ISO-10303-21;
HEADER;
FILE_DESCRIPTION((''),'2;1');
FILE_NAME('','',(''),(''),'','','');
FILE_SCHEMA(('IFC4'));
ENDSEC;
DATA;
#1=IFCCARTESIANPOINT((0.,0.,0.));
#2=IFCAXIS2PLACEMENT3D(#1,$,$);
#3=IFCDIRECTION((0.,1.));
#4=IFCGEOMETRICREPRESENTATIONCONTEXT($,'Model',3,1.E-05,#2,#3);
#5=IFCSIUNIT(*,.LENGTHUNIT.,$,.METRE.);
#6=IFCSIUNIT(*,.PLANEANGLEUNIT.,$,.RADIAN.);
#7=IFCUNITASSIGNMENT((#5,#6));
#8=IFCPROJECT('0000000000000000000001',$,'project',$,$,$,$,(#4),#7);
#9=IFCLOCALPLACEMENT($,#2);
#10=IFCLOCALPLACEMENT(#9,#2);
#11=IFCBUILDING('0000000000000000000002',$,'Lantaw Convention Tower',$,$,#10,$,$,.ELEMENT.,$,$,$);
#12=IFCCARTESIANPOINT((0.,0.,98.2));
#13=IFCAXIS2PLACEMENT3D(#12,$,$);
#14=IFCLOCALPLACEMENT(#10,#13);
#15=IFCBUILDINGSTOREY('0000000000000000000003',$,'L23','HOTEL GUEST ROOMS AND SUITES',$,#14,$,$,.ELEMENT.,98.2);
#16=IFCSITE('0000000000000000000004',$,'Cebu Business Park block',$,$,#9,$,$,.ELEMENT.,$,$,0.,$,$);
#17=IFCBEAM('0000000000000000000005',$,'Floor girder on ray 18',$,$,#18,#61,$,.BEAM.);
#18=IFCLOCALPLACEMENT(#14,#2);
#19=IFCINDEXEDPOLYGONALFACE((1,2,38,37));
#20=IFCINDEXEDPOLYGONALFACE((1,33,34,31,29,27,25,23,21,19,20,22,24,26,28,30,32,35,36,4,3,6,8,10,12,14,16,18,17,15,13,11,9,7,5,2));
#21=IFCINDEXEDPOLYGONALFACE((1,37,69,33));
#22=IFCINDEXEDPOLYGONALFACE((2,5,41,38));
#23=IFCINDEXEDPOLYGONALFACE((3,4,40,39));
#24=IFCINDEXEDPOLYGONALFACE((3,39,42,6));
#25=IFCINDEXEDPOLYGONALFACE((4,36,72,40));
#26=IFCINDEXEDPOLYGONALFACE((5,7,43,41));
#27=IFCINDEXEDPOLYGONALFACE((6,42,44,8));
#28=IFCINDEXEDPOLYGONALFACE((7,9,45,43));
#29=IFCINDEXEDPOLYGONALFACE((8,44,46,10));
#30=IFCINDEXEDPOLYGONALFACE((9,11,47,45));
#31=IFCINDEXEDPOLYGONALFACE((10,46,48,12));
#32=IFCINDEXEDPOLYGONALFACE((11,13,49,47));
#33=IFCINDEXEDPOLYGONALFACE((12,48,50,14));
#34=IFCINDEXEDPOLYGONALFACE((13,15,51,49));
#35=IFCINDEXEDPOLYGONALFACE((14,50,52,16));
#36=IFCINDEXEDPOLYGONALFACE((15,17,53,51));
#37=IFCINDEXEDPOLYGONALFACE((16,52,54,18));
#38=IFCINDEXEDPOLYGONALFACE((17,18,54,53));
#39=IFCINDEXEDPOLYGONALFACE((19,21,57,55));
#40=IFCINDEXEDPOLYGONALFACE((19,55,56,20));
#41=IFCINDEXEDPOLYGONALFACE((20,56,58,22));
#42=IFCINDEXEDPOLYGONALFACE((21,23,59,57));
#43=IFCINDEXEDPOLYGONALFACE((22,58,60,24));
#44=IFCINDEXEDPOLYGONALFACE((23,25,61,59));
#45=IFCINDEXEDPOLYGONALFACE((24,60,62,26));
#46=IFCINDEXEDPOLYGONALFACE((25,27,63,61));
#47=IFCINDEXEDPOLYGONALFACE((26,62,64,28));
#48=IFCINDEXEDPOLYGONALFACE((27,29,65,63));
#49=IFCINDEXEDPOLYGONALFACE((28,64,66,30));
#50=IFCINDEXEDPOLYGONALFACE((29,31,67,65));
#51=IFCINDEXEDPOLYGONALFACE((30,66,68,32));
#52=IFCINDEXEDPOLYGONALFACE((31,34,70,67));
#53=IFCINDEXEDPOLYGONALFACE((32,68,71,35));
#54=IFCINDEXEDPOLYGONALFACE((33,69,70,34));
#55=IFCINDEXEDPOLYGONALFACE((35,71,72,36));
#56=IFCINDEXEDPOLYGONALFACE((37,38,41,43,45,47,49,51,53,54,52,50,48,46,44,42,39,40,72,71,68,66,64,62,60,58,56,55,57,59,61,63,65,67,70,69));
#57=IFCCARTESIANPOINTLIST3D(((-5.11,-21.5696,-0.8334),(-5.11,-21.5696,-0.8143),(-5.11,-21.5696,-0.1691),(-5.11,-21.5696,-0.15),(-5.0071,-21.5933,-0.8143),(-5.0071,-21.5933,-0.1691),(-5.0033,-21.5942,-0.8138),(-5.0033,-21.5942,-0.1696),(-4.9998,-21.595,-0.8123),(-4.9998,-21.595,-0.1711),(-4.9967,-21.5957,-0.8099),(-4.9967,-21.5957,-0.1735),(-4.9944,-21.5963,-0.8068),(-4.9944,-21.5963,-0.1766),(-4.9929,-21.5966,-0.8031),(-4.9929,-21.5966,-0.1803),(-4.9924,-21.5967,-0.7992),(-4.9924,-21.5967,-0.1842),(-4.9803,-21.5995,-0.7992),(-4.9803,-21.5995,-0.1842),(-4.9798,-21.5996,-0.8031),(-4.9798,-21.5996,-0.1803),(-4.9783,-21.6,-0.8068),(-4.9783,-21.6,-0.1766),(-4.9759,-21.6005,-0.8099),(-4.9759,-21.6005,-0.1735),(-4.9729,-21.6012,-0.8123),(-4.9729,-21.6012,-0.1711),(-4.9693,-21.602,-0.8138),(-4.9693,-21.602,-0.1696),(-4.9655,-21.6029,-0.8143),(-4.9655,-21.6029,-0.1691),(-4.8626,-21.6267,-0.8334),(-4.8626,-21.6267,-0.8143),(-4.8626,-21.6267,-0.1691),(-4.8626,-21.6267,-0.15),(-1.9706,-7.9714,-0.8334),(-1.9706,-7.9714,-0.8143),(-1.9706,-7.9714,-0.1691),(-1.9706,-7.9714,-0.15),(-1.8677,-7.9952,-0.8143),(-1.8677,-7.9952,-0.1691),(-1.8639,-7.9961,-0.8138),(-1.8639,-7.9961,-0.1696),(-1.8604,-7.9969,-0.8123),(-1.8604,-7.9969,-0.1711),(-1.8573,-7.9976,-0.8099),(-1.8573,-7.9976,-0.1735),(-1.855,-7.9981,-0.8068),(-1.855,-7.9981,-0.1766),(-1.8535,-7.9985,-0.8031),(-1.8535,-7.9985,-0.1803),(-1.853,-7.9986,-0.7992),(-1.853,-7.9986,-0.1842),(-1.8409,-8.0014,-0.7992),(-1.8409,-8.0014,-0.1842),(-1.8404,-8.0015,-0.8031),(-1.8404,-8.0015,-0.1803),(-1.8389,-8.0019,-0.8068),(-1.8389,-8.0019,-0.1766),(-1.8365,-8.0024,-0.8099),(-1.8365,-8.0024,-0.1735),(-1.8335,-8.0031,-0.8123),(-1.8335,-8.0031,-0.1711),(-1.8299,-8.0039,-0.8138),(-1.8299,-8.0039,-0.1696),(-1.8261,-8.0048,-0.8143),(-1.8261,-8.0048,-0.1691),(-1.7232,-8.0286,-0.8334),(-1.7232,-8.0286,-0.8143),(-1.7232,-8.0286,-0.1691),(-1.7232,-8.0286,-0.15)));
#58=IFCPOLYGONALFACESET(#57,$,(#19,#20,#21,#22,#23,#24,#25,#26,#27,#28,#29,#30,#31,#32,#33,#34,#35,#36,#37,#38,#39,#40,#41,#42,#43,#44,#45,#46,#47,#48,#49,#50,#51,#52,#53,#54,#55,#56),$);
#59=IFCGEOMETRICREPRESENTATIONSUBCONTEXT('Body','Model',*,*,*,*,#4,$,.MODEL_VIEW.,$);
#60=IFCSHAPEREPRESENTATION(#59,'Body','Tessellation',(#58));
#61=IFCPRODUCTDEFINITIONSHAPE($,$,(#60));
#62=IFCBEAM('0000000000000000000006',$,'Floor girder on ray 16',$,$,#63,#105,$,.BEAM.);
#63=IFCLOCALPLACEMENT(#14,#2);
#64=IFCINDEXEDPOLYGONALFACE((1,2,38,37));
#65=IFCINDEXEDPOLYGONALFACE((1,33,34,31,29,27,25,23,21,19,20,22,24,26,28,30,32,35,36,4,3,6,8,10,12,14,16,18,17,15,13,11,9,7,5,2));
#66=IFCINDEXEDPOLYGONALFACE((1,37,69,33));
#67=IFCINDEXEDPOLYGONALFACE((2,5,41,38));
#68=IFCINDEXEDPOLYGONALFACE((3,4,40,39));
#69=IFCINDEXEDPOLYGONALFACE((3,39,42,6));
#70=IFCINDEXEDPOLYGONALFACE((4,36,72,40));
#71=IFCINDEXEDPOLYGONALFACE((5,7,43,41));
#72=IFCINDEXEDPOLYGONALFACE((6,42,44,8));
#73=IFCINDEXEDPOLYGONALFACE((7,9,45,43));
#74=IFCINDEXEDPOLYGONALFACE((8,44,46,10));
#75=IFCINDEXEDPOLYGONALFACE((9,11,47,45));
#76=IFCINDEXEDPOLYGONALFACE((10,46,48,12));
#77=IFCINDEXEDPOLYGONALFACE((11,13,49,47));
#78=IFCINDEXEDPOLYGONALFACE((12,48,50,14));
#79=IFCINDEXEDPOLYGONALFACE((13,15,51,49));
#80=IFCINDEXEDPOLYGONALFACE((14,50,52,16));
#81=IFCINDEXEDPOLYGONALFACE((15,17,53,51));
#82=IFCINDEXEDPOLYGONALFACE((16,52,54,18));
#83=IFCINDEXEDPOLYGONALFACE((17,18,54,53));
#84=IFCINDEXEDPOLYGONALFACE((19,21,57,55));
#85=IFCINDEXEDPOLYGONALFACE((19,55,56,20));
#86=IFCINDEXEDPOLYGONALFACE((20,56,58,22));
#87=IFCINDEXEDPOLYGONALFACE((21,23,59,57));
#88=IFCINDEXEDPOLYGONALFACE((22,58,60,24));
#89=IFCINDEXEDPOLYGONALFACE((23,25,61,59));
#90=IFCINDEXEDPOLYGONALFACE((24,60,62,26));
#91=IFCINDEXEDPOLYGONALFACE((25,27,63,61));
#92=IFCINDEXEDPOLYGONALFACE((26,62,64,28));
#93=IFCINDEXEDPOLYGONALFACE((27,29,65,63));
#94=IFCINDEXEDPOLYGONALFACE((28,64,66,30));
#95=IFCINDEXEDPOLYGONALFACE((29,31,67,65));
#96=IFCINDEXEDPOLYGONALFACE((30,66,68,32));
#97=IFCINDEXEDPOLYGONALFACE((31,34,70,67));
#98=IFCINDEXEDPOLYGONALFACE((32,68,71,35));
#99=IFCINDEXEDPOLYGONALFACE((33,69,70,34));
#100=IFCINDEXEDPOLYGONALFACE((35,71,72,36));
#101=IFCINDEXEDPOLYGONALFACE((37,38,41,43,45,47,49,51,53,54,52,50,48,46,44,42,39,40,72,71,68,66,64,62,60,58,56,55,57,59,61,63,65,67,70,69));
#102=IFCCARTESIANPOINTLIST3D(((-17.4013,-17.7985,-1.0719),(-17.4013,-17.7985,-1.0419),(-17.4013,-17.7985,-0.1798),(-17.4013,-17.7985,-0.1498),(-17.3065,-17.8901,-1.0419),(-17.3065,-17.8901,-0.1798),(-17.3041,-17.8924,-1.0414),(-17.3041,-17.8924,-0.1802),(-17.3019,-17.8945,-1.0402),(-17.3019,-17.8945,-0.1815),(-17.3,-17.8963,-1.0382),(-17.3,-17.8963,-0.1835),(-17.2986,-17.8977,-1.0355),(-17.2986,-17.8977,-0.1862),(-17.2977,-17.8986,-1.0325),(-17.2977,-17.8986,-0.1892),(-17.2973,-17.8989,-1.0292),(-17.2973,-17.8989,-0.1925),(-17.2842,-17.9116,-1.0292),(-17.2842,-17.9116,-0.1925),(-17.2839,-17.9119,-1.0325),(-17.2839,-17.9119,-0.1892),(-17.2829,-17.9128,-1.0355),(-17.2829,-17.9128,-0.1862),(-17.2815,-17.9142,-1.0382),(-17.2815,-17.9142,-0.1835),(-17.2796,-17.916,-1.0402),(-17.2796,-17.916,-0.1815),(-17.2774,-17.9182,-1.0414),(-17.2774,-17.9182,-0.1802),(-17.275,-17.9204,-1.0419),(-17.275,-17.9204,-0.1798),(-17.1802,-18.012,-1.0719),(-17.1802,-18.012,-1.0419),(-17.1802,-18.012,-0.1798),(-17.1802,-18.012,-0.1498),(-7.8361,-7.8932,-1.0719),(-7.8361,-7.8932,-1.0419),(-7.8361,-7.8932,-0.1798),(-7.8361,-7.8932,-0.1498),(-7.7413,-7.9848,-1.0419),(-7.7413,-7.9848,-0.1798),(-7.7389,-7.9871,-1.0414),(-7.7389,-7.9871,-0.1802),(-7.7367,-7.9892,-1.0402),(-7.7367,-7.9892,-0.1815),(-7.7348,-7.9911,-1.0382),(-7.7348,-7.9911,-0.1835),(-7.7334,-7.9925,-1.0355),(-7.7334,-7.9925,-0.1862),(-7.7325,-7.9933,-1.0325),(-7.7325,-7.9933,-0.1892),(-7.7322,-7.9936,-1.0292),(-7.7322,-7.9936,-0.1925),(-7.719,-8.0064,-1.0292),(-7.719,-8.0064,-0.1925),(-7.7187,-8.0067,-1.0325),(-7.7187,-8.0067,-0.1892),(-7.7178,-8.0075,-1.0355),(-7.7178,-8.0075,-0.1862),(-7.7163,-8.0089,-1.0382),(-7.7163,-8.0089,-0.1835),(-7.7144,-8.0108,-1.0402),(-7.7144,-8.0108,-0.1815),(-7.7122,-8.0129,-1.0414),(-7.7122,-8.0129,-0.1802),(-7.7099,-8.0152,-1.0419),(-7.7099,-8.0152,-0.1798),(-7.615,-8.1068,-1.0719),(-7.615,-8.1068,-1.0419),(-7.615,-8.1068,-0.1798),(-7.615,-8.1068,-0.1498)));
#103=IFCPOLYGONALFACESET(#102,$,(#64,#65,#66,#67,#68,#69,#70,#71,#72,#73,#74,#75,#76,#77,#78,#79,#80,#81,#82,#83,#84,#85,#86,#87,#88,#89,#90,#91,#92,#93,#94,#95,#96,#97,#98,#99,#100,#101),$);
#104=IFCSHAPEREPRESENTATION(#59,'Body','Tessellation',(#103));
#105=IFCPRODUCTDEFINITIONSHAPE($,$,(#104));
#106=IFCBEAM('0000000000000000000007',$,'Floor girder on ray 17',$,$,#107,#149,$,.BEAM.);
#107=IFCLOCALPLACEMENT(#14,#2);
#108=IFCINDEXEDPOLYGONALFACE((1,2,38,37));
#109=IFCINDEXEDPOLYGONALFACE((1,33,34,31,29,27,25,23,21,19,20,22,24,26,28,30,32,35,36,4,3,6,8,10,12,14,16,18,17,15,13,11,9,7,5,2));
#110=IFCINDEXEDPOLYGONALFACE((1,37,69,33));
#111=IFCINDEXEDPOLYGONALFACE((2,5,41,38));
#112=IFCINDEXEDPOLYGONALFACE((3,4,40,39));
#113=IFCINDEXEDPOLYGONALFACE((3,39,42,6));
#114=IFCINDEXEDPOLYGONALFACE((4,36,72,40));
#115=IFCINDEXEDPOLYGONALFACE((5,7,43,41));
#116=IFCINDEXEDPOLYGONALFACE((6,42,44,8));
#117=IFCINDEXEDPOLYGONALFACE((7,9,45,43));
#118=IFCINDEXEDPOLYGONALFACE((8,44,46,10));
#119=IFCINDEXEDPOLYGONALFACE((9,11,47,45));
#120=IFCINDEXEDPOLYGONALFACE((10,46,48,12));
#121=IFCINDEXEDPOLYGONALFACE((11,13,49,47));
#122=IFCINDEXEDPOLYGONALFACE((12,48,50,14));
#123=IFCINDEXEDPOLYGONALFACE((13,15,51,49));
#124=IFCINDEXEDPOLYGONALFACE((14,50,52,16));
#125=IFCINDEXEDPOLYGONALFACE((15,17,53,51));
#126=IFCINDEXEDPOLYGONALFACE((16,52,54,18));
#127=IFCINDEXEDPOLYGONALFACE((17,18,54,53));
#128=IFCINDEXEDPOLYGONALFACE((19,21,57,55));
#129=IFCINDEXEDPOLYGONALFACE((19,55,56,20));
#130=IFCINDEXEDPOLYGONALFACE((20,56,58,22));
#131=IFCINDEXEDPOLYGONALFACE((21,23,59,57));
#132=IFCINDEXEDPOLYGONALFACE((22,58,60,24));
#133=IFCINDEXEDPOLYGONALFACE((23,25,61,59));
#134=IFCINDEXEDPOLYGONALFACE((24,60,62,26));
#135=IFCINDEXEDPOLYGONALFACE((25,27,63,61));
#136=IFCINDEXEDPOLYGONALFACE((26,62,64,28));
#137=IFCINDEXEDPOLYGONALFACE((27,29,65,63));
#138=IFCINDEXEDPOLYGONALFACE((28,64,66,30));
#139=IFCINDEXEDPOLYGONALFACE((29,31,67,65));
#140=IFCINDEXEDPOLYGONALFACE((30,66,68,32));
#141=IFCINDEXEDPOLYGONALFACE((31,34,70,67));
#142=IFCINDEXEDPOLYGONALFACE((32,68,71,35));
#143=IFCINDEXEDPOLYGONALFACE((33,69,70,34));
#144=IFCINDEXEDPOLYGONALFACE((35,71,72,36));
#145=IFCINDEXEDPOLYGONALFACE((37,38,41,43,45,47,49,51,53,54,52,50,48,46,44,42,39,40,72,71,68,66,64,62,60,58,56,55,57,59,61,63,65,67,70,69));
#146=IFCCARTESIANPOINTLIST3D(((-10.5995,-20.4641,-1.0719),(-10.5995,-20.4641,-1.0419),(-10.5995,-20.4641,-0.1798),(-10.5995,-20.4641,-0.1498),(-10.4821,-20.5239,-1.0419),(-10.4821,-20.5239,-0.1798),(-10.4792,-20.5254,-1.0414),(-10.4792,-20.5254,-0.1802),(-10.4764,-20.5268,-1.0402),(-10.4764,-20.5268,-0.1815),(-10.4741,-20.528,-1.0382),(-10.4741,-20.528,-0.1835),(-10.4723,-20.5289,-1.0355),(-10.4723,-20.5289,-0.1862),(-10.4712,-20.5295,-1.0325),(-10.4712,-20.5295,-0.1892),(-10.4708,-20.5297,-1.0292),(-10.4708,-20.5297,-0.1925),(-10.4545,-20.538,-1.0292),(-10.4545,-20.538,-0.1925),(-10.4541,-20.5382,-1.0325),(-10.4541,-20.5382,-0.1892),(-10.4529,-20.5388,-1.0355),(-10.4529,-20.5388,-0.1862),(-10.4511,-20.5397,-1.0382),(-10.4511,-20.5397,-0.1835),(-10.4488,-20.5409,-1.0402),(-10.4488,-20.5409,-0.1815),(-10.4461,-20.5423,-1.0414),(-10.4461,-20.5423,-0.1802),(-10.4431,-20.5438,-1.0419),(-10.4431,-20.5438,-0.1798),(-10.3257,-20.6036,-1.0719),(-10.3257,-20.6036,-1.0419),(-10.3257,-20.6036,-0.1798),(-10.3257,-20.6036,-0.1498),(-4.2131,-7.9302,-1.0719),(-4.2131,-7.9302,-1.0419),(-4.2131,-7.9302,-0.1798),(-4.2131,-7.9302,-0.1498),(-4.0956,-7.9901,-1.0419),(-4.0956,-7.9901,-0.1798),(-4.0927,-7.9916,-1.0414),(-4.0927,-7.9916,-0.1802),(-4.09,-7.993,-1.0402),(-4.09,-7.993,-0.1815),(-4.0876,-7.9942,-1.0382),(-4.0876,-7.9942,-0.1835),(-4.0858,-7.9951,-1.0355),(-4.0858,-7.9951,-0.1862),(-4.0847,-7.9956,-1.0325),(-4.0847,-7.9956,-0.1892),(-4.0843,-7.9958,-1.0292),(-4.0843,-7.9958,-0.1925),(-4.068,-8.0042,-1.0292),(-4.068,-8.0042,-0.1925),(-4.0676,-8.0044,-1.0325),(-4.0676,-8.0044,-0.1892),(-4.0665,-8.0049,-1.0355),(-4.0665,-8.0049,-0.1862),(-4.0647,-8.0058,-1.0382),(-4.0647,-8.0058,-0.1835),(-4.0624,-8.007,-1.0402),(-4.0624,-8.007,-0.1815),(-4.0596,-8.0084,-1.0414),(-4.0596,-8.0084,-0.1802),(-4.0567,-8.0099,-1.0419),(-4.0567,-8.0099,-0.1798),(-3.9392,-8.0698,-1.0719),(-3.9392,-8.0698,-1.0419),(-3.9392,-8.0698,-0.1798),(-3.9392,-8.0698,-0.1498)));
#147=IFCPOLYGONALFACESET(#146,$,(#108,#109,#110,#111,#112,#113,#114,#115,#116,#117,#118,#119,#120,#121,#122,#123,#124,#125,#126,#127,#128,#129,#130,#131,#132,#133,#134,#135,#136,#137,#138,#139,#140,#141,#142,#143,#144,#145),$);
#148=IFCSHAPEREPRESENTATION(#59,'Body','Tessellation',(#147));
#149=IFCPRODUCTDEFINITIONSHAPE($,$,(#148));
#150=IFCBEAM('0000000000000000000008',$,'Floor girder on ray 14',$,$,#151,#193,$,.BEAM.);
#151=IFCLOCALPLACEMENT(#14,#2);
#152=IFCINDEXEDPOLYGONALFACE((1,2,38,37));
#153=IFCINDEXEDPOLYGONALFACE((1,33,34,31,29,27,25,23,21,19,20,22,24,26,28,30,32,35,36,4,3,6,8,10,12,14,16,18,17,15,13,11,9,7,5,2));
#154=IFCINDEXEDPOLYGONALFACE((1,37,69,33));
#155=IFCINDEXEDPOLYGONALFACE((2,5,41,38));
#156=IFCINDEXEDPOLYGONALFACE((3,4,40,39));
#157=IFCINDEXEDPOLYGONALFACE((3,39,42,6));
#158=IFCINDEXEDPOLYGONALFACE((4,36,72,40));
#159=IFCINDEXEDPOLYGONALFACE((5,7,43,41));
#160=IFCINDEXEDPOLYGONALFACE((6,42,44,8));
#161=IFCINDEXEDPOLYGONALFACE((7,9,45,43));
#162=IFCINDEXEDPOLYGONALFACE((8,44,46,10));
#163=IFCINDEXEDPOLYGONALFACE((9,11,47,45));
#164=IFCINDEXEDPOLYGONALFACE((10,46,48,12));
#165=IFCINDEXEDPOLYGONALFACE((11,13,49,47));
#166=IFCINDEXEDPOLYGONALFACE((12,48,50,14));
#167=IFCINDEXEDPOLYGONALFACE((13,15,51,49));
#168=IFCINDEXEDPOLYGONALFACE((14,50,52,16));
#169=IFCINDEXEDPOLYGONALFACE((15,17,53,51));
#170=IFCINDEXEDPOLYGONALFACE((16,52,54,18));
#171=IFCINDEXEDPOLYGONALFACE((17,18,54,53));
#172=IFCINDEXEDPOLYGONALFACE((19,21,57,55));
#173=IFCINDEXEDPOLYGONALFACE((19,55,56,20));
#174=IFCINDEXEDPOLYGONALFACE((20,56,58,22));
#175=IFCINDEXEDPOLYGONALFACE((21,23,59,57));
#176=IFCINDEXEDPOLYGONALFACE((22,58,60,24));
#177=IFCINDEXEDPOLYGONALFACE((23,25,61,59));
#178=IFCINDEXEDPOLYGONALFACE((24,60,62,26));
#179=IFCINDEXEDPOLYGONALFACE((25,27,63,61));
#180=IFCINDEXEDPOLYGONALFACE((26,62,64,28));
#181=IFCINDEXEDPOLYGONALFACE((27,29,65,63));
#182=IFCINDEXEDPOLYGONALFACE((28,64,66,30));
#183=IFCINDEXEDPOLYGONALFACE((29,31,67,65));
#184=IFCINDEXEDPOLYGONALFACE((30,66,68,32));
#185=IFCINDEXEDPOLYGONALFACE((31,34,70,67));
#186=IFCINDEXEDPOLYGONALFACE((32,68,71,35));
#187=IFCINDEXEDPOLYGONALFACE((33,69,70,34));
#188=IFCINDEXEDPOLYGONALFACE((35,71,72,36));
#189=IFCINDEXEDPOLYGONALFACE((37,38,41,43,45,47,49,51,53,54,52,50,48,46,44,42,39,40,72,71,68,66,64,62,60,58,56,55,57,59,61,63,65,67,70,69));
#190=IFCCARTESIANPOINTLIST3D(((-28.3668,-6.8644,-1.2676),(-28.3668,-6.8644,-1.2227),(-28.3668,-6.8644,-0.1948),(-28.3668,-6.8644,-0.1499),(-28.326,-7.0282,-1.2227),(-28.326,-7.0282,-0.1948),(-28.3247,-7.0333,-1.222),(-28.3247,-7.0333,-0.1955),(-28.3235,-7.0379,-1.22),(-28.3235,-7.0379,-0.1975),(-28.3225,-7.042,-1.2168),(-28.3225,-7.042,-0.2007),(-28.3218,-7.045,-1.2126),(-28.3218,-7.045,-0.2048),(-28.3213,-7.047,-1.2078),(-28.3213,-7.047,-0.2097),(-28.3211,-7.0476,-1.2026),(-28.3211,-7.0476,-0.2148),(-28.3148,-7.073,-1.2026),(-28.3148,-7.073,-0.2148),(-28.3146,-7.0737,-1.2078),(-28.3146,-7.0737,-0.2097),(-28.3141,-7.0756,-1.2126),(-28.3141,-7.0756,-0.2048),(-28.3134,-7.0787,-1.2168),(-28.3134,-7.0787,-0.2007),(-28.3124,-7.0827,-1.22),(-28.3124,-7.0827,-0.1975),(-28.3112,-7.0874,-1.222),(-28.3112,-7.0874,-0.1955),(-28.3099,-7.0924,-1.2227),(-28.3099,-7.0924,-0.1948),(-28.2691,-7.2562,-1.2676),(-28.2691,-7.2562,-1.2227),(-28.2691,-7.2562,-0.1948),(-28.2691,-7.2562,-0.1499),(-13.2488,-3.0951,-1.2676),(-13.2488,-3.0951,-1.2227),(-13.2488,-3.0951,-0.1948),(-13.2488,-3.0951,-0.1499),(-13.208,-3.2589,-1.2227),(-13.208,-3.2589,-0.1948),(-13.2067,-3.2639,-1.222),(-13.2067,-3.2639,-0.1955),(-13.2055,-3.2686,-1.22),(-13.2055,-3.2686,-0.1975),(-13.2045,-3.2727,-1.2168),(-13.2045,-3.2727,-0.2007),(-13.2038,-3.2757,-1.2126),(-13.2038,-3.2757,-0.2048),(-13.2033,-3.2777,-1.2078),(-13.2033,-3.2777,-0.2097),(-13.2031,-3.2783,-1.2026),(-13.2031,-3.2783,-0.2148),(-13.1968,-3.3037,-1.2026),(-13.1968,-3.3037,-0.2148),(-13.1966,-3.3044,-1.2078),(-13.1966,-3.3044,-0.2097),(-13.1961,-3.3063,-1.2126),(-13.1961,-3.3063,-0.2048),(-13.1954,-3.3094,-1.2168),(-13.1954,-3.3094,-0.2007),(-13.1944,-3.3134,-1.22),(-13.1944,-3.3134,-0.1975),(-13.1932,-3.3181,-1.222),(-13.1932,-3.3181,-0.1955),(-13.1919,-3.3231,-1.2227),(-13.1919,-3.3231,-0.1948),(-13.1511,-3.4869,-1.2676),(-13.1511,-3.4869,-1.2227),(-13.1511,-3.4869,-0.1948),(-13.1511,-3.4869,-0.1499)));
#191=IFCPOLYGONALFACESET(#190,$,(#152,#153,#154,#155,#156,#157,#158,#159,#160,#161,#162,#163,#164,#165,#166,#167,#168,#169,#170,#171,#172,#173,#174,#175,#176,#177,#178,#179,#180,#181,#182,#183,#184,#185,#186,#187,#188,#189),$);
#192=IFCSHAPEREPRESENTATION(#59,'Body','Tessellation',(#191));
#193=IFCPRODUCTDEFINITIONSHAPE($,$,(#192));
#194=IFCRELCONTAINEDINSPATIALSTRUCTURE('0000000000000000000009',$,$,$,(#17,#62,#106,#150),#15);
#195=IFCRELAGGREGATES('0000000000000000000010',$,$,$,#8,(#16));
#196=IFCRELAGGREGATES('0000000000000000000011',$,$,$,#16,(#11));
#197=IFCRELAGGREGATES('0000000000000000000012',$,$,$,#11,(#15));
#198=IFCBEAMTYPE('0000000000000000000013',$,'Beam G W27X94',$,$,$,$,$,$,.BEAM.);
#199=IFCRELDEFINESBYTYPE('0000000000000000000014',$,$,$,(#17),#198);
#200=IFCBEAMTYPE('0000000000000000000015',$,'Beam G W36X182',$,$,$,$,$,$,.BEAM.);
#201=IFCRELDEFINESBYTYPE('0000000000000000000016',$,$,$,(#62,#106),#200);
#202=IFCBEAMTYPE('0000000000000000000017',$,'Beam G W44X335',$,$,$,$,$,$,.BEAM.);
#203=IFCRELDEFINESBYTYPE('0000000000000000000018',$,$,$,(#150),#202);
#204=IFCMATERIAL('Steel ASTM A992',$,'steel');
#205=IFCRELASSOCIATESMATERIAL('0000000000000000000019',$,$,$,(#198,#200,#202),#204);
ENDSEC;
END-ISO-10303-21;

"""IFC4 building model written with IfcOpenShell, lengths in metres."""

from ifc_helpers import new_model, si_unit, direction, frame, origin, origin_2d, place, context, subcontext, project, spatial, i_section, extrude, material, material_profile, profile_set, type_object, element, save


model = new_model("IFC4")

# Units and contexts
model_context = context("Model", 3, precision=1e-05, world=origin(), true_north=direction((0.0, 1.0)))
body_context = subcontext(model_context, "Body", "Model", "MODEL_VIEW")
ifc_project = project(units=[si_unit("LENGTHUNIT", "METRE"), si_unit("PLANEANGLEUNIT", "RADIAN")], contexts=[model_context])

# Site, building, storey
site_placement = place(None, origin())
site = spatial("IfcSite", under=ifc_project, at=site_placement, Name="Cebu Business Park block", CompositionType="ELEMENT", RefElevation=0.0)
building_placement = place(site_placement, origin())
building = spatial("IfcBuilding", under=site, at=building_placement, Name="Lantaw Convention Tower", CompositionType="ELEMENT")
storey_placement = place(building_placement, frame((0.0, 0.0, 98.2)))
storey = spatial("IfcBuildingStorey", under=building, at=storey_placement, Name="L23", Description="HOTEL GUEST ROOMS AND SUITES", CompositionType="ELEMENT", Elevation=98.2)

# Beams
ifc_material_1 = material(Name="Steel ASTM A992", Category="steel")
ifc_material_profile_1 = material_profile(ifc_material_1, i_section(OverallWidth=0.2539, OverallDepth=0.6833, WebThickness=0.0125, FlangeThickness=0.019, FilletRadius=0.0151, at=origin_2d()), Name="W27X94")
ifc_profile_set_1 = profile_set([ifc_material_profile_1], Name="Steel ASTM A992")
beam_type_1 = type_object("IfcBeamType", Name="Beam G W27X94", PredefinedType="BEAM", material=ifc_profile_set_1)
beam_1_placement = place(storey_placement, frame((-1.8469, -8.0, -0.4917), z_axis=(-0.224953, -0.97437, 0.0), x_axis=(0.97437, -0.224953, 0.0)))
element("IfcBeam", 1, at=beam_1_placement, inside=storey, type_object=beam_type_1, Name="Floor girder on ray 18", PredefinedType="BEAM", context=body_context, shape_type="SweptSolid", body=[
    extrude(i_section(OverallWidth=0.2539, OverallDepth=0.6833, WebThickness=0.0125, FlangeThickness=0.019, FilletRadius=0.0151, at=origin_2d()), origin(), (0.0, 0.0, 1.0), 13.9558),
])
ifc_material_profile_2 = material_profile(ifc_material_1, i_section(OverallWidth=0.3074, OverallDepth=0.9221, WebThickness=0.0183, FlangeThickness=0.03, FilletRadius=0.0127, at=origin_2d()), Name="W36X182")
ifc_profile_set_2 = profile_set([ifc_material_profile_2], Name="Steel ASTM A992")
beam_type_2 = type_object("IfcBeamType", Name="Beam G W36X182", PredefinedType="BEAM", material=ifc_profile_set_2)
beam_2_placement = place(storey_placement, frame((-7.7256, -8.0, -0.6108), z_axis=(-0.69465, -0.719348, 0.0), x_axis=(0.719348, -0.69465, 0.0)))
element("IfcBeam", 2, at=beam_2_placement, inside=storey, type_object=beam_type_2, Name="Floor girder on ray 16", PredefinedType="BEAM", context=body_context, shape_type="SweptSolid", body=[
    extrude(i_section(OverallWidth=0.3074, OverallDepth=0.9221, WebThickness=0.0183, FlangeThickness=0.03, FilletRadius=0.0127, at=origin_2d()), origin(), (0.0, 0.0, 1.0), 13.7698),
])
beam_3_placement = place(storey_placement, frame((-4.0762, -8.0, -0.6108), z_axis=(-0.453997, -0.891003, 0.0), x_axis=(0.891003, -0.453997, 0.0)))
element("IfcBeam", 3, at=beam_3_placement, inside=storey, type_object=beam_type_2, Name="Floor girder on ray 17", PredefinedType="BEAM", context=body_context, shape_type="SweptSolid", body=[
    extrude(i_section(OverallWidth=0.3074, OverallDepth=0.9221, WebThickness=0.0183, FlangeThickness=0.03, FilletRadius=0.0127, at=origin_2d()), origin(), (0.0, 0.0, 1.0), 14.0671),
])
ifc_material_profile_3 = material_profile(ifc_material_1, i_section(OverallWidth=0.4038, OverallDepth=1.1177, WebThickness=0.0261, FlangeThickness=0.0449, FilletRadius=0.02, at=origin_2d()), Name="W44X335")
ifc_profile_set_3 = profile_set([ifc_material_profile_3], Name="Steel ASTM A992")
beam_type_3 = type_object("IfcBeamType", Name="Beam G W44X335", PredefinedType="BEAM", material=ifc_profile_set_3)
beam_4_placement = place(storey_placement, frame((-13.2, -3.291, -0.7087), z_axis=(-0.970296, -0.24192, 0.0), x_axis=(0.24192, -0.970296, 0.0)))
element("IfcBeam", 4, at=beam_4_placement, inside=storey, type_object=beam_type_3, Name="Floor girder on ray 14", PredefinedType="BEAM", context=body_context, shape_type="SweptSolid", body=[
    extrude(i_section(OverallWidth=0.4038, OverallDepth=1.1177, WebThickness=0.0261, FlangeThickness=0.0449, FilletRadius=0.02, at=origin_2d()), origin(), (0.0, 0.0, 1.0), 15.5808),
])

save(model, "model.ifc")
